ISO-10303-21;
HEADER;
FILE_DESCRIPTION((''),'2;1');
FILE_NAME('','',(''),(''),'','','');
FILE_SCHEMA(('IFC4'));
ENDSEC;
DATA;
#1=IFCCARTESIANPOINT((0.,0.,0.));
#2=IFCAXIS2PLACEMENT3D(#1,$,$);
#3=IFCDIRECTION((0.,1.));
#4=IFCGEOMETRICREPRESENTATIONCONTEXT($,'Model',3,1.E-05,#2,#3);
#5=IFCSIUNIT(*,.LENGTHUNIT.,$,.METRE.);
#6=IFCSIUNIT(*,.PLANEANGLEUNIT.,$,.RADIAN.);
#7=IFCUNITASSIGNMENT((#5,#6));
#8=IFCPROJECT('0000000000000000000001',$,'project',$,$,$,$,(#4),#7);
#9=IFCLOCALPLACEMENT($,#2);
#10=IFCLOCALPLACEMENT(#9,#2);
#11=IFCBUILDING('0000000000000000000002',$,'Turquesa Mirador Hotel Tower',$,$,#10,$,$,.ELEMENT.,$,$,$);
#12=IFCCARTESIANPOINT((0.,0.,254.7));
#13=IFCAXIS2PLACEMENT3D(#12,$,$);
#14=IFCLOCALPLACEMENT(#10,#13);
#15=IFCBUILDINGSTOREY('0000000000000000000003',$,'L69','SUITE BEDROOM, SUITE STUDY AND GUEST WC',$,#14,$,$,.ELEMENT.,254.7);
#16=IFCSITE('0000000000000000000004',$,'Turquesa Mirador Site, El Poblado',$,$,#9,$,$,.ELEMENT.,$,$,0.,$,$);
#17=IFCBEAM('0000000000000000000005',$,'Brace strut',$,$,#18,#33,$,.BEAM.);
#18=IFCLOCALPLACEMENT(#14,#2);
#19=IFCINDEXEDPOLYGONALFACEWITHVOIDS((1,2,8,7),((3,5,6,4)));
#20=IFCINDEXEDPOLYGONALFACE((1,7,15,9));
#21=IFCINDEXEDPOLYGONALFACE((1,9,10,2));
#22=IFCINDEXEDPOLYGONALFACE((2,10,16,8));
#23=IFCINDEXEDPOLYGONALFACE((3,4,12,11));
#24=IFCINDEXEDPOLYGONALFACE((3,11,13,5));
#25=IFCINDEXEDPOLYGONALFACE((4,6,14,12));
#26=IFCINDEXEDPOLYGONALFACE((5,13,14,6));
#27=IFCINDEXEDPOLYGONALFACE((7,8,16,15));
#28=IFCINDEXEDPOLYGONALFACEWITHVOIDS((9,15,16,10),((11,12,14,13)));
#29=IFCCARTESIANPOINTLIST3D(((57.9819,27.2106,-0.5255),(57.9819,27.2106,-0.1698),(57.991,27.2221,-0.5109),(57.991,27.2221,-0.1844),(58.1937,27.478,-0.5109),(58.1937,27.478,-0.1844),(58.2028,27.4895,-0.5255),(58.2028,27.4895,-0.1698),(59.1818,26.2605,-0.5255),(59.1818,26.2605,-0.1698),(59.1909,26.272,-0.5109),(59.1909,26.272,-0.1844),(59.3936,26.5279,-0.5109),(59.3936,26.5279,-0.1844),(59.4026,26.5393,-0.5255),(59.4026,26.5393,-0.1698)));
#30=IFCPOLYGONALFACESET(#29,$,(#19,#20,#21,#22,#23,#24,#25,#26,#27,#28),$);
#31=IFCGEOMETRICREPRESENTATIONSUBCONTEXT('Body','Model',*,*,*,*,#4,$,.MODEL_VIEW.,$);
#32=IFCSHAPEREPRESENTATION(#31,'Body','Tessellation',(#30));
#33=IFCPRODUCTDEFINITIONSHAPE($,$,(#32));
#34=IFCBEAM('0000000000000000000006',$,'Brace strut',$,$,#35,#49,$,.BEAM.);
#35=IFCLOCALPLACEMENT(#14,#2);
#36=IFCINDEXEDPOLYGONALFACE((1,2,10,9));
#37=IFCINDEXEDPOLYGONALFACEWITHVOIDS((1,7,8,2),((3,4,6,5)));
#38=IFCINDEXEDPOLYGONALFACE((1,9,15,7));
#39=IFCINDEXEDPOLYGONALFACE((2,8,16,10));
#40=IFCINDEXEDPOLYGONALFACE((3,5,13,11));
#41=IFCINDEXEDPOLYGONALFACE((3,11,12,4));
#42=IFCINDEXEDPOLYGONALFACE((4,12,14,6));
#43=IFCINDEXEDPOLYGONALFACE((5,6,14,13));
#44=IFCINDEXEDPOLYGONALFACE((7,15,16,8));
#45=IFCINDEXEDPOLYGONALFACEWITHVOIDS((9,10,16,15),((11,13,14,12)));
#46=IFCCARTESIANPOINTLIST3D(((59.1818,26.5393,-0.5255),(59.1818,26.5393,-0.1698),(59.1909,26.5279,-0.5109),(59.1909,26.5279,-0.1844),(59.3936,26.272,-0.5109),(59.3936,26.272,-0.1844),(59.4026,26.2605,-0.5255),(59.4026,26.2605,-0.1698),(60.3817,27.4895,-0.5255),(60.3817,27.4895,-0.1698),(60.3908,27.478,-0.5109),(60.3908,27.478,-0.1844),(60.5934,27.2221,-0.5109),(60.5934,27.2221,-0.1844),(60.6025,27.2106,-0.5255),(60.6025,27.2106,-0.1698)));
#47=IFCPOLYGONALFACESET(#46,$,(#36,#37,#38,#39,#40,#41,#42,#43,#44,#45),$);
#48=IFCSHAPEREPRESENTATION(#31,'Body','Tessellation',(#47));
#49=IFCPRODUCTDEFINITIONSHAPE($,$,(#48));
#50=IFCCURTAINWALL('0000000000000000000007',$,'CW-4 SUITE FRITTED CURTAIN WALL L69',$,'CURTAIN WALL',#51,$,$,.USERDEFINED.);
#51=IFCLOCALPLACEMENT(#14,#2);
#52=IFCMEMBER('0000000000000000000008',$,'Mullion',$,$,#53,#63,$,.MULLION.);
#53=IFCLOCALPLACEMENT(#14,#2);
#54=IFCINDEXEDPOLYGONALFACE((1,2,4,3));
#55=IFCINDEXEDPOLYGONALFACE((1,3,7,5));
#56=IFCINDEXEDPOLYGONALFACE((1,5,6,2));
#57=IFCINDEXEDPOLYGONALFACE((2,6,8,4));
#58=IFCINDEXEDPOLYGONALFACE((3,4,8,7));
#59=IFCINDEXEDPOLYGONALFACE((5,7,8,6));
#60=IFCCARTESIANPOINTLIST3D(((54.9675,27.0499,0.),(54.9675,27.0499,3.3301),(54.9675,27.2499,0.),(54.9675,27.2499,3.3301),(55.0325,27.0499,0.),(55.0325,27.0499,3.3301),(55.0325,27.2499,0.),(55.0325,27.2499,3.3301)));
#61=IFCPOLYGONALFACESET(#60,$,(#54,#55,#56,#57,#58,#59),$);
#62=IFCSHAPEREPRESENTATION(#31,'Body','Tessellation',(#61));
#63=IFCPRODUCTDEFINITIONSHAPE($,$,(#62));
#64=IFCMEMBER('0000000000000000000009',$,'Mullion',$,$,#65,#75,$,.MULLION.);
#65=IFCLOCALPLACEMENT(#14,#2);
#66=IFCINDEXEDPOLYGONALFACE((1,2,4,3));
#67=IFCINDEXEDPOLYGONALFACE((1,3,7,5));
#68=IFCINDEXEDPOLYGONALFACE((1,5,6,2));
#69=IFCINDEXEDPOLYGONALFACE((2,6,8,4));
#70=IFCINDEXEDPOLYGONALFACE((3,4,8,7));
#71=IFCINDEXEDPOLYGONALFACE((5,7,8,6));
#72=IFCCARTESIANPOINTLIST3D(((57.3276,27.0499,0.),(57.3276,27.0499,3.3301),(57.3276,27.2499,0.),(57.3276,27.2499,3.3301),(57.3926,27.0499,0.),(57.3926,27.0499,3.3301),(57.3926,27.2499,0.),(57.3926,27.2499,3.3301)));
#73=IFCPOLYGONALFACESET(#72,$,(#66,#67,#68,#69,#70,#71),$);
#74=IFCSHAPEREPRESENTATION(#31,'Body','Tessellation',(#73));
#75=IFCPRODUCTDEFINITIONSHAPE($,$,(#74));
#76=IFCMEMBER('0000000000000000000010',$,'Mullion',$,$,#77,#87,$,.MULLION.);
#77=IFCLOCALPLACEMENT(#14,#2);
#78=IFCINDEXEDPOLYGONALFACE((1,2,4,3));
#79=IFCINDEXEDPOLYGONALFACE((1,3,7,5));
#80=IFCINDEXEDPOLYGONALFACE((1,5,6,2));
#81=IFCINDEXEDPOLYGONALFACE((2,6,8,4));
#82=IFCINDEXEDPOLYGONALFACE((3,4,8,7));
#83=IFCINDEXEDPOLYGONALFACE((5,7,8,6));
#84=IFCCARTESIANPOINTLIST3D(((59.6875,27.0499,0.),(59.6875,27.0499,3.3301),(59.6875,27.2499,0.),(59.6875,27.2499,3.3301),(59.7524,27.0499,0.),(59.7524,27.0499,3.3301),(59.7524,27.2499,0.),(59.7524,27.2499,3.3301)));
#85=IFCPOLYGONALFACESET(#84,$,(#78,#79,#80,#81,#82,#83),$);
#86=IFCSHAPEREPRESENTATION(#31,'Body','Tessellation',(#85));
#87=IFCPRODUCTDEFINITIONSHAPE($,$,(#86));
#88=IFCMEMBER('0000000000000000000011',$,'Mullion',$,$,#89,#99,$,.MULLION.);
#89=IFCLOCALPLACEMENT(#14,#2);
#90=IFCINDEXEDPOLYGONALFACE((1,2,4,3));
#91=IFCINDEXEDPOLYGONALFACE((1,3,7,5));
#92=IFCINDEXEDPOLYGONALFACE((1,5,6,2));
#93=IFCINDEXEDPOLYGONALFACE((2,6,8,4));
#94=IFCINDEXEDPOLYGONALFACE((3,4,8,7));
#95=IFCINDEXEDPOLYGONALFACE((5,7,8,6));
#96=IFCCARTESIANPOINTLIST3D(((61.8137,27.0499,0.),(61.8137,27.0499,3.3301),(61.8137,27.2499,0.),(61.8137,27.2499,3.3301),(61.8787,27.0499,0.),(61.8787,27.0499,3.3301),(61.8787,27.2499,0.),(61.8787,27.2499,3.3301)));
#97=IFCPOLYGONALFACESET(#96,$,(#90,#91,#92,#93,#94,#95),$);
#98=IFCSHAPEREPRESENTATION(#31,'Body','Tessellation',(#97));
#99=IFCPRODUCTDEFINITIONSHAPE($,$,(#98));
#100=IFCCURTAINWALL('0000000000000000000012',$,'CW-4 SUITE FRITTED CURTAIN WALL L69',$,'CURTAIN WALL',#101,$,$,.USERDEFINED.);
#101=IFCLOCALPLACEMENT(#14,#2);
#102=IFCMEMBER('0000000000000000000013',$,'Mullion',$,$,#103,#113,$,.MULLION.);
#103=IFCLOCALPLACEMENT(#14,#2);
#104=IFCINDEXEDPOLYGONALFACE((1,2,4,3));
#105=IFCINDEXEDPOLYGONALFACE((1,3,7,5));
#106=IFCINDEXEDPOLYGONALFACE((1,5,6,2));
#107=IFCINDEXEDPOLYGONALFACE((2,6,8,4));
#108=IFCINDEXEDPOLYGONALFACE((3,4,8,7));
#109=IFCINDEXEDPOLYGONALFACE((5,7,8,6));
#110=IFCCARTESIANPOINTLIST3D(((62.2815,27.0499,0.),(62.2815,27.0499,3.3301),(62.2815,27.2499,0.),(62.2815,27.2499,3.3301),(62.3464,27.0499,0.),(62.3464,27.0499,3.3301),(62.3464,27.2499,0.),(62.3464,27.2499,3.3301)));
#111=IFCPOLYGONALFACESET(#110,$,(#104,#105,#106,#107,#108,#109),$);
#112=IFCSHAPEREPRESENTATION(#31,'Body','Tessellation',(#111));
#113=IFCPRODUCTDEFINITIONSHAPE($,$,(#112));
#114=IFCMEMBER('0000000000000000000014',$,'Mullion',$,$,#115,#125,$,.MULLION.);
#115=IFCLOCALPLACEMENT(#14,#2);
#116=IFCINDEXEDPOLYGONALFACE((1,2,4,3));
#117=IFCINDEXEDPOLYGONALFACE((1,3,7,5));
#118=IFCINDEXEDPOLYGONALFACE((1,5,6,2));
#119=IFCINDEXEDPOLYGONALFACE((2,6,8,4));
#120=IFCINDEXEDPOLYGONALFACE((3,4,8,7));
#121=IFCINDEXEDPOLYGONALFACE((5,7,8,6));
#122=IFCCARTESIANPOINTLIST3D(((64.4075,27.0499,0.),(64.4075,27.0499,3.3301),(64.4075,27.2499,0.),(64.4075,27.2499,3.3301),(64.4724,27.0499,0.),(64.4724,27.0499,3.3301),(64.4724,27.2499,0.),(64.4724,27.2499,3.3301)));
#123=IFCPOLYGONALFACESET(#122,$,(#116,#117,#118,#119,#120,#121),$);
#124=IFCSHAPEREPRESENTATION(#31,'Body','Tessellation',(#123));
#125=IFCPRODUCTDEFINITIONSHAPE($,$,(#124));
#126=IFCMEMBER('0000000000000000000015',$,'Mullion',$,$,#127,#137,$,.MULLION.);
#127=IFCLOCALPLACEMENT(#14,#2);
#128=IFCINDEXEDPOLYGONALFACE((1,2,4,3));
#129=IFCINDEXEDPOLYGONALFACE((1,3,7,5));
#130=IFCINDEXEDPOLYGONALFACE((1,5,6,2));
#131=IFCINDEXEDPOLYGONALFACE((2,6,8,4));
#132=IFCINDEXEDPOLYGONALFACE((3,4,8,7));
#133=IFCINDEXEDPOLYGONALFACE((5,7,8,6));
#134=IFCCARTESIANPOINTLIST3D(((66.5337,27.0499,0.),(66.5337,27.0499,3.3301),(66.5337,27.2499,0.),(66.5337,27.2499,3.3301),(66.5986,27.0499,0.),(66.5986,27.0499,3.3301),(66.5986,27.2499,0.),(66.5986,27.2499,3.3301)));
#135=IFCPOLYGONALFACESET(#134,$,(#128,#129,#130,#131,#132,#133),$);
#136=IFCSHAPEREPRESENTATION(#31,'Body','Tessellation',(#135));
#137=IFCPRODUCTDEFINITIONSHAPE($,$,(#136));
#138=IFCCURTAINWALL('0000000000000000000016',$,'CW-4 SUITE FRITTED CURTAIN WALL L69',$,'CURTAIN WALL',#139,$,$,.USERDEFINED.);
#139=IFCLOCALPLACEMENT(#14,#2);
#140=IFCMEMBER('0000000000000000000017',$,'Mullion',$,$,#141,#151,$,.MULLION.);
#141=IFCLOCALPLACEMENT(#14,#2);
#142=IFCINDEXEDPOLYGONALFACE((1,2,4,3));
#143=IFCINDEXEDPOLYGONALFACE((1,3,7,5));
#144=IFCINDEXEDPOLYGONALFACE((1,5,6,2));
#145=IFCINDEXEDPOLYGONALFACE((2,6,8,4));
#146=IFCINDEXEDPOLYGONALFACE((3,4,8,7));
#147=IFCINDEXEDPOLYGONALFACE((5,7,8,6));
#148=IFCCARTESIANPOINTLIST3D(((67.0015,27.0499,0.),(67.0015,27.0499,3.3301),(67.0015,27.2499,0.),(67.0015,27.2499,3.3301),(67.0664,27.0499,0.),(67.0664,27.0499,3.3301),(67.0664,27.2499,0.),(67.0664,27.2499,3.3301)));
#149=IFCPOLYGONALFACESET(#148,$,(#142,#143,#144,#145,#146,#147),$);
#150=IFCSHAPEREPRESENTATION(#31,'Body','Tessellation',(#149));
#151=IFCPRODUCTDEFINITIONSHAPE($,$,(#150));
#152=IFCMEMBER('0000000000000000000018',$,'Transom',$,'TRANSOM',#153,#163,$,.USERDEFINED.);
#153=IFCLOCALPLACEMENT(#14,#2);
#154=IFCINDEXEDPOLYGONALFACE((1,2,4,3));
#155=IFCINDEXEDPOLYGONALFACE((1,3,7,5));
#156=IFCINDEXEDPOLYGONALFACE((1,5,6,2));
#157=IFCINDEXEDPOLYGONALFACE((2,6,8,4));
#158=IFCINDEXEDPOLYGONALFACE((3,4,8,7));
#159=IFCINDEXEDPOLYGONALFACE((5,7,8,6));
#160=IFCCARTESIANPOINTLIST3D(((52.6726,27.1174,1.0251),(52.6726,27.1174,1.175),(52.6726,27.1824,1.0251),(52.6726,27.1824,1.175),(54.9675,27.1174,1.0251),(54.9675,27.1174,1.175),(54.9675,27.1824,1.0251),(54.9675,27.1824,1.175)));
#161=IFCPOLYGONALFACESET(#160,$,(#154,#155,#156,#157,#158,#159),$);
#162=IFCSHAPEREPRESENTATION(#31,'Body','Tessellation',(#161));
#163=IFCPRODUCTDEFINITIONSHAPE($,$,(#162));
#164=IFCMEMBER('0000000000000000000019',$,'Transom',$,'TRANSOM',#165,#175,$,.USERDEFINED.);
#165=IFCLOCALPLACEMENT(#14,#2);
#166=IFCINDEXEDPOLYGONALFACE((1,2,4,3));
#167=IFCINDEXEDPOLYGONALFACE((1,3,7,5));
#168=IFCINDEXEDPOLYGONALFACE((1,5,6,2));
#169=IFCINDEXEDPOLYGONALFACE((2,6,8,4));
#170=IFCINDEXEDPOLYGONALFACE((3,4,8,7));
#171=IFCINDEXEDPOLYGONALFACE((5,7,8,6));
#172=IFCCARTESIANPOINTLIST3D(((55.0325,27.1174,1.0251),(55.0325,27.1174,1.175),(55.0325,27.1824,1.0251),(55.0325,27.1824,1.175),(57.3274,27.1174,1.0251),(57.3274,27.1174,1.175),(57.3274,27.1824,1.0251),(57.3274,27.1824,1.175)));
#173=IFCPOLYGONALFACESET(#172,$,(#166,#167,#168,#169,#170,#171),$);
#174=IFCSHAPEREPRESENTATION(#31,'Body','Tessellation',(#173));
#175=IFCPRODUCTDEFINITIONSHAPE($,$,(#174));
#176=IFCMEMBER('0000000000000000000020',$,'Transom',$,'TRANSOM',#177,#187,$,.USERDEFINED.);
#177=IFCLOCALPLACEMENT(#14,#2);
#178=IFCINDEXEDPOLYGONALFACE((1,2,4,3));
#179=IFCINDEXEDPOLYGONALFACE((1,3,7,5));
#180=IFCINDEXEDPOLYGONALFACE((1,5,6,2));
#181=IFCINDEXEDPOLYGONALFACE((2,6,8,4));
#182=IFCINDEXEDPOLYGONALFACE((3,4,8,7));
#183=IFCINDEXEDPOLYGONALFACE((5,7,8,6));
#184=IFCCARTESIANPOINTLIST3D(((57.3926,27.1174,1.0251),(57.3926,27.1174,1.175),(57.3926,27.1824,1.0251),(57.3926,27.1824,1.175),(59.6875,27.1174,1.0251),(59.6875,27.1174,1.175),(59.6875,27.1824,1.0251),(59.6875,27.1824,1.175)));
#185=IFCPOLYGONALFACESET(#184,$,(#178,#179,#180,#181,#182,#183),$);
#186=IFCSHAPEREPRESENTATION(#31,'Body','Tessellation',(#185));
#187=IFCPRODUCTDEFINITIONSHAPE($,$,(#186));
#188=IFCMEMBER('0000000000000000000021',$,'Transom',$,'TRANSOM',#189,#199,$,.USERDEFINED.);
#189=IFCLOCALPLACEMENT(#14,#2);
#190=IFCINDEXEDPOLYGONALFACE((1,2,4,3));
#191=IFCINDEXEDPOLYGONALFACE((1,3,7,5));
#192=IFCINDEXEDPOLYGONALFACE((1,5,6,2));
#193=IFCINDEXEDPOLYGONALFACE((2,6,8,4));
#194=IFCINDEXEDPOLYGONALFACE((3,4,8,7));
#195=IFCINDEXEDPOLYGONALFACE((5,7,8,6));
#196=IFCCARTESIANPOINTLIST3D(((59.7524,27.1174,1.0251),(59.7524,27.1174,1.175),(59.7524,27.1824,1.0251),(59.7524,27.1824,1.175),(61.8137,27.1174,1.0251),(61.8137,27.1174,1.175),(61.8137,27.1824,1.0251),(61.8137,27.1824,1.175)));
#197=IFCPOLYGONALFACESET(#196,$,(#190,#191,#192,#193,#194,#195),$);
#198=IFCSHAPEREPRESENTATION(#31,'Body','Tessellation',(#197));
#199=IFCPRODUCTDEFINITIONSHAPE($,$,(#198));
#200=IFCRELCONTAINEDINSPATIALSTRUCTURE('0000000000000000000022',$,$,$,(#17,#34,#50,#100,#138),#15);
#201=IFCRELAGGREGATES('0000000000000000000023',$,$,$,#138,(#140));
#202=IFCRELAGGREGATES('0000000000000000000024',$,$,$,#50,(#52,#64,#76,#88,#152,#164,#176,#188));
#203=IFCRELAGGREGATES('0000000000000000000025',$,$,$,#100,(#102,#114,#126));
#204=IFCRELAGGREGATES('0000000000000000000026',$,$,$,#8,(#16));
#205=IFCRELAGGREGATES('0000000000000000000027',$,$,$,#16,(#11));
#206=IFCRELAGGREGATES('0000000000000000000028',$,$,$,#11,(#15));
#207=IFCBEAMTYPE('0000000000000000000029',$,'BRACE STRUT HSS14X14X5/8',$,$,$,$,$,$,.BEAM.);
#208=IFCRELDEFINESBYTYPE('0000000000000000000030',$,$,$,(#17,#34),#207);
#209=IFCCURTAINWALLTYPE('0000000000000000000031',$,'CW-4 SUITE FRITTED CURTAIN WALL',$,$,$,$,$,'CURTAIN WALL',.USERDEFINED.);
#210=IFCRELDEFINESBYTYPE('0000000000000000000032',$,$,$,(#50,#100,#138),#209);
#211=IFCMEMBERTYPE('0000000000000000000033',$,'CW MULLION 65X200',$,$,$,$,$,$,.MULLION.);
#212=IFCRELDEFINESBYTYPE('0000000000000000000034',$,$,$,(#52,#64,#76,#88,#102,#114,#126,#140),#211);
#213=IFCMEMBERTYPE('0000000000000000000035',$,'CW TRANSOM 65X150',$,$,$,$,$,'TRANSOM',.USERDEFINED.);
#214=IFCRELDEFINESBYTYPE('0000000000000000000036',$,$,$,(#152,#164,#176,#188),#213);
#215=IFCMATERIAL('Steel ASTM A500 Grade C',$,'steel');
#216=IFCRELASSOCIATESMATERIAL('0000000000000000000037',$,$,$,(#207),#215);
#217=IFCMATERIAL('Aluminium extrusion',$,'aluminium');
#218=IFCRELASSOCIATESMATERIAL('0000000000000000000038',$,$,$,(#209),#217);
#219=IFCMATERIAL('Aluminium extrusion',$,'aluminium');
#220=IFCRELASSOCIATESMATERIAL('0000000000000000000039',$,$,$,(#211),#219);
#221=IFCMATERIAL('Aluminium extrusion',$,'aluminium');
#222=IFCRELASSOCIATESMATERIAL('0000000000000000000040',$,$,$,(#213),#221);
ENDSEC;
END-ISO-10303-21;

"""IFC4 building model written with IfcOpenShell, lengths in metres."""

from ifc_helpers import new_model, si_unit, direction, frame, origin, origin_2d, place, context, subcontext, project, spatial, rectangle, hollow_rectangle, extrude, material, material_profile, profile_set, type_object, element, aggregate, save


model = new_model("IFC4")

# Units and contexts
model_context = context("Model", 3, precision=1e-05, world=origin(), true_north=direction((0.0, 1.0)))
body_context = subcontext(model_context, "Body", "Model", "MODEL_VIEW")
ifc_project = project(units=[si_unit("LENGTHUNIT", "METRE"), si_unit("PLANEANGLEUNIT", "RADIAN")], contexts=[model_context])

# Site, building, storey
site_placement = place(None, origin())
site = spatial("IfcSite", under=ifc_project, at=site_placement, Name="Turquesa Mirador Site, El Poblado", CompositionType="ELEMENT", RefElevation=0.0)
building_placement = place(site_placement, origin())
building = spatial("IfcBuilding", under=site, at=building_placement, Name="Turquesa Mirador Hotel Tower", CompositionType="ELEMENT")
storey_placement = place(building_placement, frame((0.0, 0.0, 254.7)))
storey = spatial("IfcBuildingStorey", under=building, at=storey_placement, Name="L69", Description="SUITE BEDROOM, SUITE STUDY AND GUEST WC", CompositionType="ELEMENT", Elevation=254.7)

# Beams
ifc_material_1 = material(Name="Steel ASTM A500 Grade C", Category="steel")
ifc_material_profile_1 = material_profile(ifc_material_1, hollow_rectangle(XDim=0.3557, YDim=0.3557, WallThickness=0.0146, at=origin_2d()), Name="HSS14X14X5/8")
ifc_profile_set_1 = profile_set([ifc_material_profile_1], Name="Steel ASTM A500 Grade C")
beam_type = type_object("IfcBeamType", Name="BRACE STRUT HSS14X14X5/8", PredefinedType="BEAM", material=ifc_profile_set_1)
for number, where, z_axis, x_axis, name in (
    (1, (59.2922, 26.3999, -0.3477), (-0.783971, 0.620797, 0.0), (-0.620797, -0.783971, 0.0), "Brace strut"),
    (2, (59.2922, 26.3999, -0.3477), (0.783971, 0.620797, 0.0), (-0.620797, 0.783971, 0.0), "Brace strut"),
):
    element("IfcBeam", number, at=place(storey_placement, frame(where, z_axis=z_axis, x_axis=x_axis)), inside=storey, type_object=beam_type, Name=name, PredefinedType="BEAM", context=body_context, shape_type="SweptSolid", body=[
        extrude(hollow_rectangle(XDim=0.3557, YDim=0.3557, WallThickness=0.0146, at=origin_2d()), origin(), (0.0, 0.0, 1.0), 1.5305),
    ])

# Curtain walls, members
ifc_material_2 = material(Name="Aluminium extrusion", Category="aluminium")
curtain_wall_type = type_object("IfcCurtainWallType", Name="CW-4 SUITE FRITTED CURTAIN WALL", ElementType="CURTAIN WALL", PredefinedType="USERDEFINED", material=ifc_material_2)
curtain_wall_1_placement = place(storey_placement, origin())
curtain_wall_1 = element("IfcCurtainWall", 3, at=curtain_wall_1_placement, inside=storey, type_object=curtain_wall_type, Name="CW-4 SUITE FRITTED CURTAIN WALL L69", ObjectType="CURTAIN WALL", PredefinedType="USERDEFINED")
ifc_material_3 = material(Name="Aluminium extrusion", Category="aluminium")
ifc_material_profile_2 = material_profile(ifc_material_3, rectangle(XDim=0.0649, YDim=0.2, at=origin_2d()), Name="MULLION 65X200")
ifc_profile_set_2 = profile_set([ifc_material_profile_2], Name="Aluminium extrusion")
member_type_1 = type_object("IfcMemberType", Name="CW MULLION 65X200", PredefinedType="MULLION", material=ifc_profile_set_2)
member_1_placement = place(storey_placement, frame((55.0, 27.1499, 0.0), z_axis=(0.0, 0.0, 1.0), x_axis=(1.0, 0.0, 0.0)))
member_1 = element("IfcMember", 4, at=member_1_placement, type_object=member_type_1, Name="Mullion", PredefinedType="MULLION", context=body_context, shape_type="SweptSolid", body=[
    extrude(rectangle(XDim=0.0649, YDim=0.2, at=origin_2d()), origin(), (0.0, 0.0, 1.0), 3.3301),
])
member_2_placement = place(storey_placement, frame((57.3601, 27.1499, 0.0), z_axis=(0.0, 0.0, 1.0), x_axis=(1.0, 0.0, 0.0)))
member_2 = element("IfcMember", 5, at=member_2_placement, type_object=member_type_1, Name="Mullion", PredefinedType="MULLION", context=body_context, shape_type="SweptSolid", body=[
    extrude(rectangle(XDim=0.0649, YDim=0.2, at=origin_2d()), origin(), (0.0, 0.0, 1.0), 3.3301),
])
member_3_placement = place(storey_placement, frame((59.72, 27.1499, 0.0), z_axis=(0.0, 0.0, 1.0), x_axis=(1.0, 0.0, 0.0)))
member_3 = element("IfcMember", 6, at=member_3_placement, type_object=member_type_1, Name="Mullion", PredefinedType="MULLION", context=body_context, shape_type="SweptSolid", body=[
    extrude(rectangle(XDim=0.0649, YDim=0.2, at=origin_2d()), origin(), (0.0, 0.0, 1.0), 3.3301),
])
member_4_placement = place(storey_placement, frame((61.8462, 27.1499, 0.0), z_axis=(0.0, 0.0, 1.0), x_axis=(1.0, 0.0, 0.0)))
member_4 = element("IfcMember", 7, at=member_4_placement, type_object=member_type_1, Name="Mullion", PredefinedType="MULLION", context=body_context, shape_type="SweptSolid", body=[
    extrude(rectangle(XDim=0.0649, YDim=0.2, at=origin_2d()), origin(), (0.0, 0.0, 1.0), 3.3301),
])
curtain_wall_2_placement = place(storey_placement, origin())
curtain_wall_2 = element("IfcCurtainWall", 8, at=curtain_wall_2_placement, inside=storey, type_object=curtain_wall_type, Name="CW-4 SUITE FRITTED CURTAIN WALL L69", ObjectType="CURTAIN WALL", PredefinedType="USERDEFINED")
member_5_placement = place(storey_placement, frame((62.314, 27.1499, 0.0), z_axis=(0.0, 0.0, 1.0), x_axis=(1.0, 0.0, 0.0)))
member_5 = element("IfcMember", 9, at=member_5_placement, type_object=member_type_1, Name="Mullion", PredefinedType="MULLION", context=body_context, shape_type="SweptSolid", body=[
    extrude(rectangle(XDim=0.0649, YDim=0.2, at=origin_2d()), origin(), (0.0, 0.0, 1.0), 3.3301),
])
member_6_placement = place(storey_placement, frame((64.4399, 27.1499, 0.0), z_axis=(0.0, 0.0, 1.0), x_axis=(1.0, 0.0, 0.0)))
member_6 = element("IfcMember", 10, at=member_6_placement, type_object=member_type_1, Name="Mullion", PredefinedType="MULLION", context=body_context, shape_type="SweptSolid", body=[
    extrude(rectangle(XDim=0.0649, YDim=0.2, at=origin_2d()), origin(), (0.0, 0.0, 1.0), 3.3301),
])
member_7_placement = place(storey_placement, frame((66.5662, 27.1499, 0.0), z_axis=(0.0, 0.0, 1.0), x_axis=(1.0, 0.0, 0.0)))
member_7 = element("IfcMember", 11, at=member_7_placement, type_object=member_type_1, Name="Mullion", PredefinedType="MULLION", context=body_context, shape_type="SweptSolid", body=[
    extrude(rectangle(XDim=0.0649, YDim=0.2, at=origin_2d()), origin(), (0.0, 0.0, 1.0), 3.3301),
])

# Curtain wall, member
curtain_wall_3_placement = place(storey_placement, origin())
curtain_wall_3 = element("IfcCurtainWall", 12, at=curtain_wall_3_placement, inside=storey, type_object=curtain_wall_type, Name="CW-4 SUITE FRITTED CURTAIN WALL L69", ObjectType="CURTAIN WALL", PredefinedType="USERDEFINED")
member_8_placement = place(storey_placement, frame((67.0339, 27.1499, 0.0), z_axis=(0.0, 0.0, 1.0), x_axis=(1.0, 0.0, 0.0)))
member_8 = element("IfcMember", 13, at=member_8_placement, type_object=member_type_1, Name="Mullion", PredefinedType="MULLION", context=body_context, shape_type="SweptSolid", body=[
    extrude(rectangle(XDim=0.0649, YDim=0.2, at=origin_2d()), origin(), (0.0, 0.0, 1.0), 3.3301),
])

# Members
ifc_material_4 = material(Name="Aluminium extrusion", Category="aluminium")
ifc_material_profile_3 = material_profile(ifc_material_4, rectangle(XDim=0.0649, YDim=0.1499, at=origin_2d()), Name="TRANSOM 65X150")
ifc_profile_set_3 = profile_set([ifc_material_profile_3], Name="Aluminium extrusion")
member_type_2 = type_object("IfcMemberType", Name="CW TRANSOM 65X150", ElementType="TRANSOM", PredefinedType="USERDEFINED", material=ifc_profile_set_3)
member_9_placement = place(storey_placement, frame((52.6726, 27.1499, 1.1001), z_axis=(1.0, 0.0, 0.0), x_axis=(0.0, 1.0, 0.0)))
member_9 = element("IfcMember", 14, at=member_9_placement, type_object=member_type_2, Name="Transom", ObjectType="TRANSOM", PredefinedType="USERDEFINED", context=body_context, shape_type="SweptSolid", body=[
    extrude(rectangle(XDim=0.0649, YDim=0.1499, at=origin_2d()), origin(), (0.0, 0.0, 1.0), 2.2949),
])
member_10_placement = place(storey_placement, frame((55.0325, 27.1499, 1.1001), z_axis=(1.0, 0.0, 0.0), x_axis=(0.0, 1.0, 0.0)))
member_10 = element("IfcMember", 15, at=member_10_placement, type_object=member_type_2, Name="Transom", ObjectType="TRANSOM", PredefinedType="USERDEFINED", context=body_context, shape_type="SweptSolid", body=[
    extrude(rectangle(XDim=0.0649, YDim=0.1499, at=origin_2d()), origin(), (0.0, 0.0, 1.0), 2.2949),
])
member_11_placement = place(storey_placement, frame((57.3926, 27.1499, 1.1001), z_axis=(1.0, 0.0, 0.0), x_axis=(0.0, 1.0, 0.0)))
member_11 = element("IfcMember", 16, at=member_11_placement, type_object=member_type_2, Name="Transom", ObjectType="TRANSOM", PredefinedType="USERDEFINED", context=body_context, shape_type="SweptSolid", body=[
    extrude(rectangle(XDim=0.0649, YDim=0.1499, at=origin_2d()), origin(), (0.0, 0.0, 1.0), 2.2949),
])
member_12_placement = place(storey_placement, frame((59.7524, 27.1499, 1.1001), z_axis=(1.0, 0.0, 0.0), x_axis=(0.0, 1.0, 0.0)))
member_12 = element("IfcMember", 17, at=member_12_placement, type_object=member_type_2, Name="Transom", ObjectType="TRANSOM", PredefinedType="USERDEFINED", context=body_context, shape_type="SweptSolid", body=[
    extrude(rectangle(XDim=0.0649, YDim=0.1499, at=origin_2d()), origin(), (0.0, 0.0, 1.0), 2.0613),
])

aggregate(curtain_wall_3, [member_8])
aggregate(curtain_wall_1, [member_1, member_2, member_3, member_4, member_9, member_10, member_11, member_12])
aggregate(curtain_wall_2, [member_5, member_6, member_7])

save(model, "model.ifc")
